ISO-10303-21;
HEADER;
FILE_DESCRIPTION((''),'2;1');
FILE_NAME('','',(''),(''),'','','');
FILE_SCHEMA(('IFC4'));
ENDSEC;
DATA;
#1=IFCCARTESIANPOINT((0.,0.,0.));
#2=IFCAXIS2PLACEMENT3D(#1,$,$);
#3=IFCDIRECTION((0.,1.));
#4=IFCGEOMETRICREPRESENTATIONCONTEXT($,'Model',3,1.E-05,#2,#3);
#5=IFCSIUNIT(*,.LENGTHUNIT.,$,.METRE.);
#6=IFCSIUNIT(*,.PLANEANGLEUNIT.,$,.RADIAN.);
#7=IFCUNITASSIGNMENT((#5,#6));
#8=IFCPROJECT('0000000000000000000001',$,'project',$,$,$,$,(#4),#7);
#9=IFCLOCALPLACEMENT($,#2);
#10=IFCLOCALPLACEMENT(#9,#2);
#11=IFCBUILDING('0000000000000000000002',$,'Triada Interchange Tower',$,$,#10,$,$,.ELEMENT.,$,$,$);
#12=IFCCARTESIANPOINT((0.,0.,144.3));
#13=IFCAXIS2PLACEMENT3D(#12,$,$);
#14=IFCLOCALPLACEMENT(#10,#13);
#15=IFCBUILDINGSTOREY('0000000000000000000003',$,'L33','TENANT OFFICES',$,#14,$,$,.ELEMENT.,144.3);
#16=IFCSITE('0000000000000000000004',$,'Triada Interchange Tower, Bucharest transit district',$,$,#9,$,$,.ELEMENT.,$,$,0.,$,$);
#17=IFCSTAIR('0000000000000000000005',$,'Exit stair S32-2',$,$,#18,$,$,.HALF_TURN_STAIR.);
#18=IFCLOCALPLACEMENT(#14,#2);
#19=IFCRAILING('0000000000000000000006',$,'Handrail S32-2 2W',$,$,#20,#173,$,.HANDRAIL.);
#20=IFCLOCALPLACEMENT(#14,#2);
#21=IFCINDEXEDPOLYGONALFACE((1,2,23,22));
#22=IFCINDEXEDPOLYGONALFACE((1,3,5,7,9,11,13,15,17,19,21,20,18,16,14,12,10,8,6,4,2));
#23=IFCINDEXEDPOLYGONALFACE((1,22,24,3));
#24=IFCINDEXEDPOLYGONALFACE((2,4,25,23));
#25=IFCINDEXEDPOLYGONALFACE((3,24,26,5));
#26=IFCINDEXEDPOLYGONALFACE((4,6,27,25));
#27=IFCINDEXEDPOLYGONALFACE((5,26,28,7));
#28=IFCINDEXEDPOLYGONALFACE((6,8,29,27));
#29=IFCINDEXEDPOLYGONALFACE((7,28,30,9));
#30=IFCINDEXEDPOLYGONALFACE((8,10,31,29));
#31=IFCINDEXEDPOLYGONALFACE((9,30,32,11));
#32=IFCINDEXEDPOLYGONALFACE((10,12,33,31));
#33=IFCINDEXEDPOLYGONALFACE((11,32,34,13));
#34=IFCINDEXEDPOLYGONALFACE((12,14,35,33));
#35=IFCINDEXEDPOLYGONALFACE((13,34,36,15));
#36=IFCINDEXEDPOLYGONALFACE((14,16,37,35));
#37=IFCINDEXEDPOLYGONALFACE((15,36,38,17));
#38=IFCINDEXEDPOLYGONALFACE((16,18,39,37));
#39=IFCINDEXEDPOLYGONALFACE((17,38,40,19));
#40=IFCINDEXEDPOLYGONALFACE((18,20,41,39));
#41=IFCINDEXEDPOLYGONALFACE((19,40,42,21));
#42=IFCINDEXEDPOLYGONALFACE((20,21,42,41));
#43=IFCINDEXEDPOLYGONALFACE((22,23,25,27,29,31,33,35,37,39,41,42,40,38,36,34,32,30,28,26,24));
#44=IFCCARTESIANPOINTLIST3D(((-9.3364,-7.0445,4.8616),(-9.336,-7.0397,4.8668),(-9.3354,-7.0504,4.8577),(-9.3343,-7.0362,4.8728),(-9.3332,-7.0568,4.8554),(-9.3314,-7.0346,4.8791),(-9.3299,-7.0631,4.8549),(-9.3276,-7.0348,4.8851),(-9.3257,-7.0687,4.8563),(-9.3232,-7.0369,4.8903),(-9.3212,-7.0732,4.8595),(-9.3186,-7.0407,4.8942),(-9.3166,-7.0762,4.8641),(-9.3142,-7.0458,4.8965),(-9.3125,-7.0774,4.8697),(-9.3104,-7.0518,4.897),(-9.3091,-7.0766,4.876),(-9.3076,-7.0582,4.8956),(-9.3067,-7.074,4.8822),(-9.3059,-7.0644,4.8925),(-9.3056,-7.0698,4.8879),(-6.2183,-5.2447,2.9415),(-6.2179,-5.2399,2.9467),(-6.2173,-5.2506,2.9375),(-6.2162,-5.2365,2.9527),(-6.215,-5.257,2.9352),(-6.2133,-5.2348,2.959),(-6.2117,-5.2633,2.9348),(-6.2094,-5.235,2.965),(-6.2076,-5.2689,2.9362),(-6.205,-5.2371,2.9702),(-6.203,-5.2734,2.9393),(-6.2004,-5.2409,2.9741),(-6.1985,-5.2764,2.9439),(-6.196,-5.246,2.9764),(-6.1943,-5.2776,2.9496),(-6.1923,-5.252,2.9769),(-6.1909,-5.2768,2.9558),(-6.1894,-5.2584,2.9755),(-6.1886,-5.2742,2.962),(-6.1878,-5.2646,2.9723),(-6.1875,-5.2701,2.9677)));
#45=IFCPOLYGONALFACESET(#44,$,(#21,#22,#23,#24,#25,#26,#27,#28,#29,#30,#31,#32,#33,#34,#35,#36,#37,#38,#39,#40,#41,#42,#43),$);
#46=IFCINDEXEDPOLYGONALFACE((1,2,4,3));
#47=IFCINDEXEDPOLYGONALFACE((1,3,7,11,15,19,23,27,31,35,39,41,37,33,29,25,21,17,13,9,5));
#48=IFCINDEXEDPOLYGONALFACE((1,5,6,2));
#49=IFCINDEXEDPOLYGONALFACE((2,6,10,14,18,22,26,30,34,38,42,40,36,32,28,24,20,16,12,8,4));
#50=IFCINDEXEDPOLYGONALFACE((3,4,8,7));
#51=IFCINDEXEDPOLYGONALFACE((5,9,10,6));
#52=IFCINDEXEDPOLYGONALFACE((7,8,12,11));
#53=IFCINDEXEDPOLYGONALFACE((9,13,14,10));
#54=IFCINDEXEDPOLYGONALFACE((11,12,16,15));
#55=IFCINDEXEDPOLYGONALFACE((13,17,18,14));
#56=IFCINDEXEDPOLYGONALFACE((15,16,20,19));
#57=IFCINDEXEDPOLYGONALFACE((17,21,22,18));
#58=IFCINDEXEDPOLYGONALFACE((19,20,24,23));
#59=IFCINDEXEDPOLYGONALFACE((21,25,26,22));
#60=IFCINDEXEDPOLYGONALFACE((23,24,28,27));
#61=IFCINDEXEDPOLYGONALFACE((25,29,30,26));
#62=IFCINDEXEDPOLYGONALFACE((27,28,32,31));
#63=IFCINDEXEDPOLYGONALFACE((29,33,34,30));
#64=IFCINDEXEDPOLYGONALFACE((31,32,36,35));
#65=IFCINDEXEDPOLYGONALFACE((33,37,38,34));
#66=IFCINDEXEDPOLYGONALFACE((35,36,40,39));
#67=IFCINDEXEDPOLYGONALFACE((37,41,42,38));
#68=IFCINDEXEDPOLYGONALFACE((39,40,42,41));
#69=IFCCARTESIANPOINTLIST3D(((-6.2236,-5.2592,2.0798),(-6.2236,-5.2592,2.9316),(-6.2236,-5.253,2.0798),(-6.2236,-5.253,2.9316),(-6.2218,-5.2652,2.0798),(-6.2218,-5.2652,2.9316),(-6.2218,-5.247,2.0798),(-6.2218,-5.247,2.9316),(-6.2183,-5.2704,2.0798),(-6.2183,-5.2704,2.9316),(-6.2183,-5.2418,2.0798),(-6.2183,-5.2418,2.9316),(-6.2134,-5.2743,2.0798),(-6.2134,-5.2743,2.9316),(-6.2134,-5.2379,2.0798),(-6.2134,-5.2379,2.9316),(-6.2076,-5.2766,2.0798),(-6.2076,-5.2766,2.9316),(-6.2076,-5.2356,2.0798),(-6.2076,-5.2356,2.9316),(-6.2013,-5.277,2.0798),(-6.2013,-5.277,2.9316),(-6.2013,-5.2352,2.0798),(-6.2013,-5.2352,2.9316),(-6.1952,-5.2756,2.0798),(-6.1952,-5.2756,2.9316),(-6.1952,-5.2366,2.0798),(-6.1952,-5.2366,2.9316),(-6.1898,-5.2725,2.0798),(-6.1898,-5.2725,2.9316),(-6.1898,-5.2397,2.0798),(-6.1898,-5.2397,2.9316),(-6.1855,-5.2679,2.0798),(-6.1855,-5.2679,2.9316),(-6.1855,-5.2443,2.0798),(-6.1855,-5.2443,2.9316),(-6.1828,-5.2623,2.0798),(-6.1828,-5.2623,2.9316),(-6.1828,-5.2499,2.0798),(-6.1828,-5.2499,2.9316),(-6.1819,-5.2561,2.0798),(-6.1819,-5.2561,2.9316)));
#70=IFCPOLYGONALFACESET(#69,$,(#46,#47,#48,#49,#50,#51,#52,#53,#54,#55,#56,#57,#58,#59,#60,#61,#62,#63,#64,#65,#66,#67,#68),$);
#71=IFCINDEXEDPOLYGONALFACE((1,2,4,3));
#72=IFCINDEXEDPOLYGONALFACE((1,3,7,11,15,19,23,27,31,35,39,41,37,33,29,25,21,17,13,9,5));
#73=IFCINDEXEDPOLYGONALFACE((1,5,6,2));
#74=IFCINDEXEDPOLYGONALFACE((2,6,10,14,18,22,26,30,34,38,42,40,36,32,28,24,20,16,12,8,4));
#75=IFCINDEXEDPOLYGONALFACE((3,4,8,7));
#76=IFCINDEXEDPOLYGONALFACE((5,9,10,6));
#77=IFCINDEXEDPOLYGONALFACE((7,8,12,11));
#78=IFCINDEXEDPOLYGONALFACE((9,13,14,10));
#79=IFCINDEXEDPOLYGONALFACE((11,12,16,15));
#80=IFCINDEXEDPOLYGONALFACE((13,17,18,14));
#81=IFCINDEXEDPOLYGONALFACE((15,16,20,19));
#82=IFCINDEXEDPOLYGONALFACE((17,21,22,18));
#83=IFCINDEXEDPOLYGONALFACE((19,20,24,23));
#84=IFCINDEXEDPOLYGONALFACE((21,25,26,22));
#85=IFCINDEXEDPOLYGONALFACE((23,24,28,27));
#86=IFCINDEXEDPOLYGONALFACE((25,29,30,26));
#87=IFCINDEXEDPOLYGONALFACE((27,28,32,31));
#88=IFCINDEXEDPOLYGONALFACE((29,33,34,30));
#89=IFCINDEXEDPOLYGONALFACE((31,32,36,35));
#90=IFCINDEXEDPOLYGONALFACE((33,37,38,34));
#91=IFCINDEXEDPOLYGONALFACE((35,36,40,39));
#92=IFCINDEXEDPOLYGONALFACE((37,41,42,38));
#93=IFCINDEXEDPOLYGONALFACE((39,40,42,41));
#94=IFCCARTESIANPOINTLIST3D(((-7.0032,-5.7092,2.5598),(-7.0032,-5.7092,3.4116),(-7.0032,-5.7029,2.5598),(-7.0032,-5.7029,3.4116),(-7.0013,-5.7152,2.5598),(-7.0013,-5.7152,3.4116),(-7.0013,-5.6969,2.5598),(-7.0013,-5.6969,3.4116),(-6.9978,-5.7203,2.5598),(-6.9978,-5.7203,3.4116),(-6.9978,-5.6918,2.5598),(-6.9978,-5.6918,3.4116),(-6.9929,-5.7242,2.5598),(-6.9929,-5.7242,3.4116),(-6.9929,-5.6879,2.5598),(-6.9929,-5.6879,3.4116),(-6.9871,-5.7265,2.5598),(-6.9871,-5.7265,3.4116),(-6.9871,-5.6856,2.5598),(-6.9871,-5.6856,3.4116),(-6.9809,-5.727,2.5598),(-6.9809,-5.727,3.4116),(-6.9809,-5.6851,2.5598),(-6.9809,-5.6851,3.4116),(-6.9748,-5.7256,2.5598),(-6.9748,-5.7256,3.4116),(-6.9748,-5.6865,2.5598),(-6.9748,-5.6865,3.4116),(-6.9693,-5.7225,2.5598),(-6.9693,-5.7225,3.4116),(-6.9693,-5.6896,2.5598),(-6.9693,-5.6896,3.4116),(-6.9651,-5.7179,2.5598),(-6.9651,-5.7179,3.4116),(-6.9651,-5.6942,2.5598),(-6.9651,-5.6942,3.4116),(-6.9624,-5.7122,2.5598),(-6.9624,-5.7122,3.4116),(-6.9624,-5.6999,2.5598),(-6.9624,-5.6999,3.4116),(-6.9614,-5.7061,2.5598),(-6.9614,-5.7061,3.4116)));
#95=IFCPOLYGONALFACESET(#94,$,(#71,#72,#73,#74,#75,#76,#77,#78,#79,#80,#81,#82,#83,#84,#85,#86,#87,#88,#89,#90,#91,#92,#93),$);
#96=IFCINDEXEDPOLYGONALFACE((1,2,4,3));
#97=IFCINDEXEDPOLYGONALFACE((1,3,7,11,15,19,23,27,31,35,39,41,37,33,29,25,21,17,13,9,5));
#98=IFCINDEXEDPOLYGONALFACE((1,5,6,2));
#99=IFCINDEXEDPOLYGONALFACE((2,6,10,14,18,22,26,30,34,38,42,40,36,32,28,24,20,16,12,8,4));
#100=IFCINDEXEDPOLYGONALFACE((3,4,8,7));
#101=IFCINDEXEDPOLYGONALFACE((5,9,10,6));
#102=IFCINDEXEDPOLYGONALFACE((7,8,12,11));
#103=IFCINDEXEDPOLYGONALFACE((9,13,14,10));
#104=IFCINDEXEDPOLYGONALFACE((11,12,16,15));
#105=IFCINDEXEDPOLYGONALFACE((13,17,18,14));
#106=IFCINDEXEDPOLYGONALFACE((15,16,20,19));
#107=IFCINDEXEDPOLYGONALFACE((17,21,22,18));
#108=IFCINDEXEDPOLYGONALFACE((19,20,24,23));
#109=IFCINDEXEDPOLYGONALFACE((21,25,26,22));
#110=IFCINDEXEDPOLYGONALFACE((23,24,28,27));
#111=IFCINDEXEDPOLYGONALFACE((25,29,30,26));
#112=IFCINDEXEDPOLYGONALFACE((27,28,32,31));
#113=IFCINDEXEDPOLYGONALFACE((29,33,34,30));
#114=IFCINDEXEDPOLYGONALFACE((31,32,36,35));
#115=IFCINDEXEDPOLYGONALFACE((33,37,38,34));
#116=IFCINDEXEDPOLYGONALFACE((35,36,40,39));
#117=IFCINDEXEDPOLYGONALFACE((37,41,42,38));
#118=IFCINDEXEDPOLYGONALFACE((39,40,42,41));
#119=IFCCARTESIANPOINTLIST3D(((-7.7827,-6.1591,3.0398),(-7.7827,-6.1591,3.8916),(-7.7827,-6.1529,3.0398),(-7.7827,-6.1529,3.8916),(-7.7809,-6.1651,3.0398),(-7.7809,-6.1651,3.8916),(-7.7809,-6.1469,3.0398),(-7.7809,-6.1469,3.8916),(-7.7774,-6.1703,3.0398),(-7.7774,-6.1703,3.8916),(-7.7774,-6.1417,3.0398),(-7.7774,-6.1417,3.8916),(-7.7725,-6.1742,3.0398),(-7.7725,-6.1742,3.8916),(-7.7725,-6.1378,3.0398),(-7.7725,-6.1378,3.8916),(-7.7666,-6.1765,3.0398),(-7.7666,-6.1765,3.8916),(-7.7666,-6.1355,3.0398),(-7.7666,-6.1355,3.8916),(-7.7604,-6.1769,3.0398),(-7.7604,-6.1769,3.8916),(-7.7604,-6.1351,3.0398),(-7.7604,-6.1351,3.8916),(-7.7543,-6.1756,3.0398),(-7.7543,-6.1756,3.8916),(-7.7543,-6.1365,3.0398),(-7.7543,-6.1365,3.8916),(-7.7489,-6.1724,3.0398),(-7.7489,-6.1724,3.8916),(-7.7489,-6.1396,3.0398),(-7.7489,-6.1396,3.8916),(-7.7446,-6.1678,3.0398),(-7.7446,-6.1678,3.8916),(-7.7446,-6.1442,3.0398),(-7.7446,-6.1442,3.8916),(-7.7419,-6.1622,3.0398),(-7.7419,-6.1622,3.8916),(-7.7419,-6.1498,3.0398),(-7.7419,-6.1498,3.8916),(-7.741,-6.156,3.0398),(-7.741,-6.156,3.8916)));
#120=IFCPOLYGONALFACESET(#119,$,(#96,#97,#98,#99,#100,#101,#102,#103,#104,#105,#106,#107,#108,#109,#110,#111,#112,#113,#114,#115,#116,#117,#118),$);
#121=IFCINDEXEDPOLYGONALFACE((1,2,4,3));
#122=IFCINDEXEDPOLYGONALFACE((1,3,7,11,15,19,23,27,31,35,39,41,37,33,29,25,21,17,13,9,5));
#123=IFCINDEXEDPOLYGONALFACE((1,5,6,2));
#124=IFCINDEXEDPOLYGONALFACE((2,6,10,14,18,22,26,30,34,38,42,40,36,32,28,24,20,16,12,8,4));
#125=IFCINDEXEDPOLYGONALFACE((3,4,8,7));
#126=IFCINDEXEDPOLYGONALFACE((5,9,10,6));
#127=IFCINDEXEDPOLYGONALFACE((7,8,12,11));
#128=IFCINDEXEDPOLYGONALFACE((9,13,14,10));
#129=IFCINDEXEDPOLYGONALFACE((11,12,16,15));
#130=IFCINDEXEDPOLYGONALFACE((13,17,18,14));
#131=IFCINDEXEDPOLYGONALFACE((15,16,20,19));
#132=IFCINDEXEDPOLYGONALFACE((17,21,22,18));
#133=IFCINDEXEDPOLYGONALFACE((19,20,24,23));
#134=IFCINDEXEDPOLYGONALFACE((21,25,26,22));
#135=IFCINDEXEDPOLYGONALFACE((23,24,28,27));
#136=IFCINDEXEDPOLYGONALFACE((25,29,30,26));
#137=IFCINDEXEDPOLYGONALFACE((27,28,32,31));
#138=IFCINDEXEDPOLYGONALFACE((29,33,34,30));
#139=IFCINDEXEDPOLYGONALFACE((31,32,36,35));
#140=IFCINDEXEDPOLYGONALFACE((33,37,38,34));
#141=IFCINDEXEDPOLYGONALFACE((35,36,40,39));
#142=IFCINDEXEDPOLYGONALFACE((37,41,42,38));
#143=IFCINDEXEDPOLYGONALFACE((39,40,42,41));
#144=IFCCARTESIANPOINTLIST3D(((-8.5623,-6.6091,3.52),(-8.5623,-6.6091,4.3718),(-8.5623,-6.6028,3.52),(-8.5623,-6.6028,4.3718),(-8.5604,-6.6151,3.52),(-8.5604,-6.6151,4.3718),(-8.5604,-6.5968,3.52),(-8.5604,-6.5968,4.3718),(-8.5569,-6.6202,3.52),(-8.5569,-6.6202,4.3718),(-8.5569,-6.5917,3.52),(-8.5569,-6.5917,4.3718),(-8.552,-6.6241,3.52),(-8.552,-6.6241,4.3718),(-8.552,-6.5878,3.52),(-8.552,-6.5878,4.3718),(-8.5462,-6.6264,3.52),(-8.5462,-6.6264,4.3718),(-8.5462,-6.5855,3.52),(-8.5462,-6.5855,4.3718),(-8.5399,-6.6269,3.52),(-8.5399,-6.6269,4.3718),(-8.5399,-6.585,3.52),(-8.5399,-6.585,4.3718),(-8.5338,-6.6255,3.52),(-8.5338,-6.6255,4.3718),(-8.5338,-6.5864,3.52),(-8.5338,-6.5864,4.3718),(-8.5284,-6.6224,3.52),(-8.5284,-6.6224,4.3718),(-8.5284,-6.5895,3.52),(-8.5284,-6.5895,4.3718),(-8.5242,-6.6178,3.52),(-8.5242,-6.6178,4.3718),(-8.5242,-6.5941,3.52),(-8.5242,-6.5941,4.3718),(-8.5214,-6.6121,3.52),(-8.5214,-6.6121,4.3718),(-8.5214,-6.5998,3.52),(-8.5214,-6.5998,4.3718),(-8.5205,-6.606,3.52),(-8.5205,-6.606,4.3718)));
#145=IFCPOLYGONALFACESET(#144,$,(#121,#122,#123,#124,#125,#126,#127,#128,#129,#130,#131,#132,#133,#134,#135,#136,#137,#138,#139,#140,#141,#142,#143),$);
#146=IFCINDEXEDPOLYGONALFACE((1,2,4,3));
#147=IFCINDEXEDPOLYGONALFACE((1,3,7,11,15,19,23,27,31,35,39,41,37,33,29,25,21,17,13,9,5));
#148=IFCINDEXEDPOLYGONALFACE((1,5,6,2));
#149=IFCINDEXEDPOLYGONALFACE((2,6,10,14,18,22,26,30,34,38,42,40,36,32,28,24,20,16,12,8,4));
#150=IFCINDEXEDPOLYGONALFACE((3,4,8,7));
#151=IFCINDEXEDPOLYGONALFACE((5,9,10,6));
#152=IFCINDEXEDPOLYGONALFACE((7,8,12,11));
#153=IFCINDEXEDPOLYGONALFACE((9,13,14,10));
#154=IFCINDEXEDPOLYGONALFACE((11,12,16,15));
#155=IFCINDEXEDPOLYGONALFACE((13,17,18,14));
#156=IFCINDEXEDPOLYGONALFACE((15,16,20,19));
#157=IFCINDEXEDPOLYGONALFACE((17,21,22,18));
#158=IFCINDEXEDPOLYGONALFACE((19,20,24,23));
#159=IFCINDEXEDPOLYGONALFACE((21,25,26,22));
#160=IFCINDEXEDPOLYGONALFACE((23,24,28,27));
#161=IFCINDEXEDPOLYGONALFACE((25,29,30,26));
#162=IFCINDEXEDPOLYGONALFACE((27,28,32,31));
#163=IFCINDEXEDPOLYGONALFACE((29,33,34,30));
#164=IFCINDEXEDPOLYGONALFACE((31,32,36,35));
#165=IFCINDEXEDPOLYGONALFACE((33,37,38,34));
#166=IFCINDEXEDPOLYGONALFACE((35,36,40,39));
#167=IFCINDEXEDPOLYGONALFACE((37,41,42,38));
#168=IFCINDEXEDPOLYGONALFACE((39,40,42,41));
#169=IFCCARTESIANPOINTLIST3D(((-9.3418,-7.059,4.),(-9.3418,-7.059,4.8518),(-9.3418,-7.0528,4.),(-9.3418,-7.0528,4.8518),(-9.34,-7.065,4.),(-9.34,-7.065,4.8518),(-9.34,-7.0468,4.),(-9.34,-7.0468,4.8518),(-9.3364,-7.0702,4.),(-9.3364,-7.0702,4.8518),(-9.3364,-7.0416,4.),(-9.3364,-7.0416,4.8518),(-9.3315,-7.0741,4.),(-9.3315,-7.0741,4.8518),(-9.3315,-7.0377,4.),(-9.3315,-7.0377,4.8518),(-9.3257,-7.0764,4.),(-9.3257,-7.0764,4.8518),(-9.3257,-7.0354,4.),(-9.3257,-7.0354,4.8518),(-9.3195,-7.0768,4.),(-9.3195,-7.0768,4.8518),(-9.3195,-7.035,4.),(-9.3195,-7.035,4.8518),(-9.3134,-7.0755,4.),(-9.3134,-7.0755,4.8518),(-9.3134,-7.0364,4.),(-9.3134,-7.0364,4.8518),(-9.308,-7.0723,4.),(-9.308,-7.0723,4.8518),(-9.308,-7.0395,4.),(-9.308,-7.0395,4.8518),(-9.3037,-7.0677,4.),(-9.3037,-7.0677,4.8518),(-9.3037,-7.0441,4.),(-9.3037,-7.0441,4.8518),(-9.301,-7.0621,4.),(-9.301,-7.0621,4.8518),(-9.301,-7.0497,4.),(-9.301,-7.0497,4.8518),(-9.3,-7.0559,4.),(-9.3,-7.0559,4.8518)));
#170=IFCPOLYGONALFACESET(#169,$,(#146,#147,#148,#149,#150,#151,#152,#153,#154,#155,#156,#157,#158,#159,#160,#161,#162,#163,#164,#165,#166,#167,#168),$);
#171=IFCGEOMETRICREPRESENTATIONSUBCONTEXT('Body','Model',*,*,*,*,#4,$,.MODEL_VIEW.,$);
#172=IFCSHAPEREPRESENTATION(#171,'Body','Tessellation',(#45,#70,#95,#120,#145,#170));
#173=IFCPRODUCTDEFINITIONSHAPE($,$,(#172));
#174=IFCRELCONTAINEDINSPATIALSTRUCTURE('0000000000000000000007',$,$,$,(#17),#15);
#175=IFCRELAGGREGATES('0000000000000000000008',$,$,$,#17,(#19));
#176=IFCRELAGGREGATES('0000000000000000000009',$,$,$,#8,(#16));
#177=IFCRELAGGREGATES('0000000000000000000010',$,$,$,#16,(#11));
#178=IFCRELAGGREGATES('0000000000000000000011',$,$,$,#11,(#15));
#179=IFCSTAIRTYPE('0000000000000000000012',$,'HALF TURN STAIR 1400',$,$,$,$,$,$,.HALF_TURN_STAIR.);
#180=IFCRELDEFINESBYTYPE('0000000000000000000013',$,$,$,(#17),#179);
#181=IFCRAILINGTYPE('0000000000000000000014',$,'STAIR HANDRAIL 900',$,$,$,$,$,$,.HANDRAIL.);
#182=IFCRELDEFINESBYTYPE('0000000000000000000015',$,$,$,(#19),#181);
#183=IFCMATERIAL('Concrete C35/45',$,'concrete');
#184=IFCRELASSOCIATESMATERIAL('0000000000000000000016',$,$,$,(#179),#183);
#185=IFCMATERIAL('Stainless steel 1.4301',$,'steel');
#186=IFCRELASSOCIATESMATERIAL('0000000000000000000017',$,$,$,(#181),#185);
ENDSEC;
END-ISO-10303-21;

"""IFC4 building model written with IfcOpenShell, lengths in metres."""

from ifc_helpers import new_model, si_unit, direction, frame, origin, origin_2d, place, context, subcontext, project, spatial, circle, extrude, material, type_object, element, aggregate, save


model = new_model("IFC4")

# Units and contexts
model_context = context("Model", 3, precision=1e-05, world=origin(), true_north=direction((0.0, 1.0)))
body_context = subcontext(model_context, "Body", "Model", "MODEL_VIEW")
ifc_project = project(units=[si_unit("LENGTHUNIT", "METRE"), si_unit("PLANEANGLEUNIT", "RADIAN")], contexts=[model_context])

# Site, building, storey
site_placement = place(None, origin())
site = spatial("IfcSite", under=ifc_project, at=site_placement, Name="Triada Interchange Tower, Bucharest transit district", CompositionType="ELEMENT", RefElevation=0.0)
building_placement = place(site_placement, origin())
building = spatial("IfcBuilding", under=site, at=building_placement, Name="Triada Interchange Tower", CompositionType="ELEMENT")
storey_placement = place(building_placement, frame((0.0, 0.0, 144.3)))
storey = spatial("IfcBuildingStorey", under=building, at=storey_placement, Name="L33", Description="TENANT OFFICES", CompositionType="ELEMENT", Elevation=144.3)

# Stair, railing
ifc_material_1 = material(Name="Concrete C35/45", Category="concrete")
stair_type = type_object("IfcStairType", Name="HALF TURN STAIR 1400", PredefinedType="HALF_TURN_STAIR", material=ifc_material_1)
stair_placement = place(storey_placement, origin())
stair = element("IfcStair", 1, at=stair_placement, inside=storey, type_object=stair_type, Name="Exit stair S32-2", PredefinedType="HALF_TURN_STAIR")
ifc_material_2 = material(Name="Stainless steel 1.4301", Category="steel")
railing_type = type_object("IfcRailingType", Name="STAIR HANDRAIL 900", PredefinedType="HANDRAIL", material=ifc_material_2)
railing_1_placement = place(storey_placement, frame((-6.2029, -5.2561, 2.0798)))
railing_1 = element("IfcRailing", 2, at=railing_1_placement, type_object=railing_type, Name="Handrail S32-2 2W", PredefinedType="HANDRAIL", context=body_context, shape_type="SweptSolid", body=[
    extrude(circle(Radius=0.0239, at=origin_2d()), frame((0.0, 0.0, 0.876), z_axis=(-0.76419, -0.44109, 0.470588), x_axis=(0.499902, -0.866082, 0.0)), (0.0, 0.0, 1.0), 4.0803),
    extrude(circle(Radius=0.021, at=origin_2d()), origin(), (0.0, 0.0, 1.0), 0.8518),
    extrude(circle(Radius=0.021, at=origin_2d()), frame((-0.7795, -0.45, 0.48)), (0.0, 0.0, 1.0), 0.8518),
    extrude(circle(Radius=0.021, at=origin_2d()), frame((-1.5591, -0.8999, 0.96)), (0.0, 0.0, 1.0), 0.8518),
    extrude(circle(Radius=0.021, at=origin_2d()), frame((-2.3386, -1.3499, 1.4402)), (0.0, 0.0, 1.0), 0.8518),
    extrude(circle(Radius=0.021, at=origin_2d()), frame((-3.1182, -1.7998, 1.9202)), (0.0, 0.0, 1.0), 0.8518),
])
aggregate(stair, [railing_1])

save(model, "model.ifc")
